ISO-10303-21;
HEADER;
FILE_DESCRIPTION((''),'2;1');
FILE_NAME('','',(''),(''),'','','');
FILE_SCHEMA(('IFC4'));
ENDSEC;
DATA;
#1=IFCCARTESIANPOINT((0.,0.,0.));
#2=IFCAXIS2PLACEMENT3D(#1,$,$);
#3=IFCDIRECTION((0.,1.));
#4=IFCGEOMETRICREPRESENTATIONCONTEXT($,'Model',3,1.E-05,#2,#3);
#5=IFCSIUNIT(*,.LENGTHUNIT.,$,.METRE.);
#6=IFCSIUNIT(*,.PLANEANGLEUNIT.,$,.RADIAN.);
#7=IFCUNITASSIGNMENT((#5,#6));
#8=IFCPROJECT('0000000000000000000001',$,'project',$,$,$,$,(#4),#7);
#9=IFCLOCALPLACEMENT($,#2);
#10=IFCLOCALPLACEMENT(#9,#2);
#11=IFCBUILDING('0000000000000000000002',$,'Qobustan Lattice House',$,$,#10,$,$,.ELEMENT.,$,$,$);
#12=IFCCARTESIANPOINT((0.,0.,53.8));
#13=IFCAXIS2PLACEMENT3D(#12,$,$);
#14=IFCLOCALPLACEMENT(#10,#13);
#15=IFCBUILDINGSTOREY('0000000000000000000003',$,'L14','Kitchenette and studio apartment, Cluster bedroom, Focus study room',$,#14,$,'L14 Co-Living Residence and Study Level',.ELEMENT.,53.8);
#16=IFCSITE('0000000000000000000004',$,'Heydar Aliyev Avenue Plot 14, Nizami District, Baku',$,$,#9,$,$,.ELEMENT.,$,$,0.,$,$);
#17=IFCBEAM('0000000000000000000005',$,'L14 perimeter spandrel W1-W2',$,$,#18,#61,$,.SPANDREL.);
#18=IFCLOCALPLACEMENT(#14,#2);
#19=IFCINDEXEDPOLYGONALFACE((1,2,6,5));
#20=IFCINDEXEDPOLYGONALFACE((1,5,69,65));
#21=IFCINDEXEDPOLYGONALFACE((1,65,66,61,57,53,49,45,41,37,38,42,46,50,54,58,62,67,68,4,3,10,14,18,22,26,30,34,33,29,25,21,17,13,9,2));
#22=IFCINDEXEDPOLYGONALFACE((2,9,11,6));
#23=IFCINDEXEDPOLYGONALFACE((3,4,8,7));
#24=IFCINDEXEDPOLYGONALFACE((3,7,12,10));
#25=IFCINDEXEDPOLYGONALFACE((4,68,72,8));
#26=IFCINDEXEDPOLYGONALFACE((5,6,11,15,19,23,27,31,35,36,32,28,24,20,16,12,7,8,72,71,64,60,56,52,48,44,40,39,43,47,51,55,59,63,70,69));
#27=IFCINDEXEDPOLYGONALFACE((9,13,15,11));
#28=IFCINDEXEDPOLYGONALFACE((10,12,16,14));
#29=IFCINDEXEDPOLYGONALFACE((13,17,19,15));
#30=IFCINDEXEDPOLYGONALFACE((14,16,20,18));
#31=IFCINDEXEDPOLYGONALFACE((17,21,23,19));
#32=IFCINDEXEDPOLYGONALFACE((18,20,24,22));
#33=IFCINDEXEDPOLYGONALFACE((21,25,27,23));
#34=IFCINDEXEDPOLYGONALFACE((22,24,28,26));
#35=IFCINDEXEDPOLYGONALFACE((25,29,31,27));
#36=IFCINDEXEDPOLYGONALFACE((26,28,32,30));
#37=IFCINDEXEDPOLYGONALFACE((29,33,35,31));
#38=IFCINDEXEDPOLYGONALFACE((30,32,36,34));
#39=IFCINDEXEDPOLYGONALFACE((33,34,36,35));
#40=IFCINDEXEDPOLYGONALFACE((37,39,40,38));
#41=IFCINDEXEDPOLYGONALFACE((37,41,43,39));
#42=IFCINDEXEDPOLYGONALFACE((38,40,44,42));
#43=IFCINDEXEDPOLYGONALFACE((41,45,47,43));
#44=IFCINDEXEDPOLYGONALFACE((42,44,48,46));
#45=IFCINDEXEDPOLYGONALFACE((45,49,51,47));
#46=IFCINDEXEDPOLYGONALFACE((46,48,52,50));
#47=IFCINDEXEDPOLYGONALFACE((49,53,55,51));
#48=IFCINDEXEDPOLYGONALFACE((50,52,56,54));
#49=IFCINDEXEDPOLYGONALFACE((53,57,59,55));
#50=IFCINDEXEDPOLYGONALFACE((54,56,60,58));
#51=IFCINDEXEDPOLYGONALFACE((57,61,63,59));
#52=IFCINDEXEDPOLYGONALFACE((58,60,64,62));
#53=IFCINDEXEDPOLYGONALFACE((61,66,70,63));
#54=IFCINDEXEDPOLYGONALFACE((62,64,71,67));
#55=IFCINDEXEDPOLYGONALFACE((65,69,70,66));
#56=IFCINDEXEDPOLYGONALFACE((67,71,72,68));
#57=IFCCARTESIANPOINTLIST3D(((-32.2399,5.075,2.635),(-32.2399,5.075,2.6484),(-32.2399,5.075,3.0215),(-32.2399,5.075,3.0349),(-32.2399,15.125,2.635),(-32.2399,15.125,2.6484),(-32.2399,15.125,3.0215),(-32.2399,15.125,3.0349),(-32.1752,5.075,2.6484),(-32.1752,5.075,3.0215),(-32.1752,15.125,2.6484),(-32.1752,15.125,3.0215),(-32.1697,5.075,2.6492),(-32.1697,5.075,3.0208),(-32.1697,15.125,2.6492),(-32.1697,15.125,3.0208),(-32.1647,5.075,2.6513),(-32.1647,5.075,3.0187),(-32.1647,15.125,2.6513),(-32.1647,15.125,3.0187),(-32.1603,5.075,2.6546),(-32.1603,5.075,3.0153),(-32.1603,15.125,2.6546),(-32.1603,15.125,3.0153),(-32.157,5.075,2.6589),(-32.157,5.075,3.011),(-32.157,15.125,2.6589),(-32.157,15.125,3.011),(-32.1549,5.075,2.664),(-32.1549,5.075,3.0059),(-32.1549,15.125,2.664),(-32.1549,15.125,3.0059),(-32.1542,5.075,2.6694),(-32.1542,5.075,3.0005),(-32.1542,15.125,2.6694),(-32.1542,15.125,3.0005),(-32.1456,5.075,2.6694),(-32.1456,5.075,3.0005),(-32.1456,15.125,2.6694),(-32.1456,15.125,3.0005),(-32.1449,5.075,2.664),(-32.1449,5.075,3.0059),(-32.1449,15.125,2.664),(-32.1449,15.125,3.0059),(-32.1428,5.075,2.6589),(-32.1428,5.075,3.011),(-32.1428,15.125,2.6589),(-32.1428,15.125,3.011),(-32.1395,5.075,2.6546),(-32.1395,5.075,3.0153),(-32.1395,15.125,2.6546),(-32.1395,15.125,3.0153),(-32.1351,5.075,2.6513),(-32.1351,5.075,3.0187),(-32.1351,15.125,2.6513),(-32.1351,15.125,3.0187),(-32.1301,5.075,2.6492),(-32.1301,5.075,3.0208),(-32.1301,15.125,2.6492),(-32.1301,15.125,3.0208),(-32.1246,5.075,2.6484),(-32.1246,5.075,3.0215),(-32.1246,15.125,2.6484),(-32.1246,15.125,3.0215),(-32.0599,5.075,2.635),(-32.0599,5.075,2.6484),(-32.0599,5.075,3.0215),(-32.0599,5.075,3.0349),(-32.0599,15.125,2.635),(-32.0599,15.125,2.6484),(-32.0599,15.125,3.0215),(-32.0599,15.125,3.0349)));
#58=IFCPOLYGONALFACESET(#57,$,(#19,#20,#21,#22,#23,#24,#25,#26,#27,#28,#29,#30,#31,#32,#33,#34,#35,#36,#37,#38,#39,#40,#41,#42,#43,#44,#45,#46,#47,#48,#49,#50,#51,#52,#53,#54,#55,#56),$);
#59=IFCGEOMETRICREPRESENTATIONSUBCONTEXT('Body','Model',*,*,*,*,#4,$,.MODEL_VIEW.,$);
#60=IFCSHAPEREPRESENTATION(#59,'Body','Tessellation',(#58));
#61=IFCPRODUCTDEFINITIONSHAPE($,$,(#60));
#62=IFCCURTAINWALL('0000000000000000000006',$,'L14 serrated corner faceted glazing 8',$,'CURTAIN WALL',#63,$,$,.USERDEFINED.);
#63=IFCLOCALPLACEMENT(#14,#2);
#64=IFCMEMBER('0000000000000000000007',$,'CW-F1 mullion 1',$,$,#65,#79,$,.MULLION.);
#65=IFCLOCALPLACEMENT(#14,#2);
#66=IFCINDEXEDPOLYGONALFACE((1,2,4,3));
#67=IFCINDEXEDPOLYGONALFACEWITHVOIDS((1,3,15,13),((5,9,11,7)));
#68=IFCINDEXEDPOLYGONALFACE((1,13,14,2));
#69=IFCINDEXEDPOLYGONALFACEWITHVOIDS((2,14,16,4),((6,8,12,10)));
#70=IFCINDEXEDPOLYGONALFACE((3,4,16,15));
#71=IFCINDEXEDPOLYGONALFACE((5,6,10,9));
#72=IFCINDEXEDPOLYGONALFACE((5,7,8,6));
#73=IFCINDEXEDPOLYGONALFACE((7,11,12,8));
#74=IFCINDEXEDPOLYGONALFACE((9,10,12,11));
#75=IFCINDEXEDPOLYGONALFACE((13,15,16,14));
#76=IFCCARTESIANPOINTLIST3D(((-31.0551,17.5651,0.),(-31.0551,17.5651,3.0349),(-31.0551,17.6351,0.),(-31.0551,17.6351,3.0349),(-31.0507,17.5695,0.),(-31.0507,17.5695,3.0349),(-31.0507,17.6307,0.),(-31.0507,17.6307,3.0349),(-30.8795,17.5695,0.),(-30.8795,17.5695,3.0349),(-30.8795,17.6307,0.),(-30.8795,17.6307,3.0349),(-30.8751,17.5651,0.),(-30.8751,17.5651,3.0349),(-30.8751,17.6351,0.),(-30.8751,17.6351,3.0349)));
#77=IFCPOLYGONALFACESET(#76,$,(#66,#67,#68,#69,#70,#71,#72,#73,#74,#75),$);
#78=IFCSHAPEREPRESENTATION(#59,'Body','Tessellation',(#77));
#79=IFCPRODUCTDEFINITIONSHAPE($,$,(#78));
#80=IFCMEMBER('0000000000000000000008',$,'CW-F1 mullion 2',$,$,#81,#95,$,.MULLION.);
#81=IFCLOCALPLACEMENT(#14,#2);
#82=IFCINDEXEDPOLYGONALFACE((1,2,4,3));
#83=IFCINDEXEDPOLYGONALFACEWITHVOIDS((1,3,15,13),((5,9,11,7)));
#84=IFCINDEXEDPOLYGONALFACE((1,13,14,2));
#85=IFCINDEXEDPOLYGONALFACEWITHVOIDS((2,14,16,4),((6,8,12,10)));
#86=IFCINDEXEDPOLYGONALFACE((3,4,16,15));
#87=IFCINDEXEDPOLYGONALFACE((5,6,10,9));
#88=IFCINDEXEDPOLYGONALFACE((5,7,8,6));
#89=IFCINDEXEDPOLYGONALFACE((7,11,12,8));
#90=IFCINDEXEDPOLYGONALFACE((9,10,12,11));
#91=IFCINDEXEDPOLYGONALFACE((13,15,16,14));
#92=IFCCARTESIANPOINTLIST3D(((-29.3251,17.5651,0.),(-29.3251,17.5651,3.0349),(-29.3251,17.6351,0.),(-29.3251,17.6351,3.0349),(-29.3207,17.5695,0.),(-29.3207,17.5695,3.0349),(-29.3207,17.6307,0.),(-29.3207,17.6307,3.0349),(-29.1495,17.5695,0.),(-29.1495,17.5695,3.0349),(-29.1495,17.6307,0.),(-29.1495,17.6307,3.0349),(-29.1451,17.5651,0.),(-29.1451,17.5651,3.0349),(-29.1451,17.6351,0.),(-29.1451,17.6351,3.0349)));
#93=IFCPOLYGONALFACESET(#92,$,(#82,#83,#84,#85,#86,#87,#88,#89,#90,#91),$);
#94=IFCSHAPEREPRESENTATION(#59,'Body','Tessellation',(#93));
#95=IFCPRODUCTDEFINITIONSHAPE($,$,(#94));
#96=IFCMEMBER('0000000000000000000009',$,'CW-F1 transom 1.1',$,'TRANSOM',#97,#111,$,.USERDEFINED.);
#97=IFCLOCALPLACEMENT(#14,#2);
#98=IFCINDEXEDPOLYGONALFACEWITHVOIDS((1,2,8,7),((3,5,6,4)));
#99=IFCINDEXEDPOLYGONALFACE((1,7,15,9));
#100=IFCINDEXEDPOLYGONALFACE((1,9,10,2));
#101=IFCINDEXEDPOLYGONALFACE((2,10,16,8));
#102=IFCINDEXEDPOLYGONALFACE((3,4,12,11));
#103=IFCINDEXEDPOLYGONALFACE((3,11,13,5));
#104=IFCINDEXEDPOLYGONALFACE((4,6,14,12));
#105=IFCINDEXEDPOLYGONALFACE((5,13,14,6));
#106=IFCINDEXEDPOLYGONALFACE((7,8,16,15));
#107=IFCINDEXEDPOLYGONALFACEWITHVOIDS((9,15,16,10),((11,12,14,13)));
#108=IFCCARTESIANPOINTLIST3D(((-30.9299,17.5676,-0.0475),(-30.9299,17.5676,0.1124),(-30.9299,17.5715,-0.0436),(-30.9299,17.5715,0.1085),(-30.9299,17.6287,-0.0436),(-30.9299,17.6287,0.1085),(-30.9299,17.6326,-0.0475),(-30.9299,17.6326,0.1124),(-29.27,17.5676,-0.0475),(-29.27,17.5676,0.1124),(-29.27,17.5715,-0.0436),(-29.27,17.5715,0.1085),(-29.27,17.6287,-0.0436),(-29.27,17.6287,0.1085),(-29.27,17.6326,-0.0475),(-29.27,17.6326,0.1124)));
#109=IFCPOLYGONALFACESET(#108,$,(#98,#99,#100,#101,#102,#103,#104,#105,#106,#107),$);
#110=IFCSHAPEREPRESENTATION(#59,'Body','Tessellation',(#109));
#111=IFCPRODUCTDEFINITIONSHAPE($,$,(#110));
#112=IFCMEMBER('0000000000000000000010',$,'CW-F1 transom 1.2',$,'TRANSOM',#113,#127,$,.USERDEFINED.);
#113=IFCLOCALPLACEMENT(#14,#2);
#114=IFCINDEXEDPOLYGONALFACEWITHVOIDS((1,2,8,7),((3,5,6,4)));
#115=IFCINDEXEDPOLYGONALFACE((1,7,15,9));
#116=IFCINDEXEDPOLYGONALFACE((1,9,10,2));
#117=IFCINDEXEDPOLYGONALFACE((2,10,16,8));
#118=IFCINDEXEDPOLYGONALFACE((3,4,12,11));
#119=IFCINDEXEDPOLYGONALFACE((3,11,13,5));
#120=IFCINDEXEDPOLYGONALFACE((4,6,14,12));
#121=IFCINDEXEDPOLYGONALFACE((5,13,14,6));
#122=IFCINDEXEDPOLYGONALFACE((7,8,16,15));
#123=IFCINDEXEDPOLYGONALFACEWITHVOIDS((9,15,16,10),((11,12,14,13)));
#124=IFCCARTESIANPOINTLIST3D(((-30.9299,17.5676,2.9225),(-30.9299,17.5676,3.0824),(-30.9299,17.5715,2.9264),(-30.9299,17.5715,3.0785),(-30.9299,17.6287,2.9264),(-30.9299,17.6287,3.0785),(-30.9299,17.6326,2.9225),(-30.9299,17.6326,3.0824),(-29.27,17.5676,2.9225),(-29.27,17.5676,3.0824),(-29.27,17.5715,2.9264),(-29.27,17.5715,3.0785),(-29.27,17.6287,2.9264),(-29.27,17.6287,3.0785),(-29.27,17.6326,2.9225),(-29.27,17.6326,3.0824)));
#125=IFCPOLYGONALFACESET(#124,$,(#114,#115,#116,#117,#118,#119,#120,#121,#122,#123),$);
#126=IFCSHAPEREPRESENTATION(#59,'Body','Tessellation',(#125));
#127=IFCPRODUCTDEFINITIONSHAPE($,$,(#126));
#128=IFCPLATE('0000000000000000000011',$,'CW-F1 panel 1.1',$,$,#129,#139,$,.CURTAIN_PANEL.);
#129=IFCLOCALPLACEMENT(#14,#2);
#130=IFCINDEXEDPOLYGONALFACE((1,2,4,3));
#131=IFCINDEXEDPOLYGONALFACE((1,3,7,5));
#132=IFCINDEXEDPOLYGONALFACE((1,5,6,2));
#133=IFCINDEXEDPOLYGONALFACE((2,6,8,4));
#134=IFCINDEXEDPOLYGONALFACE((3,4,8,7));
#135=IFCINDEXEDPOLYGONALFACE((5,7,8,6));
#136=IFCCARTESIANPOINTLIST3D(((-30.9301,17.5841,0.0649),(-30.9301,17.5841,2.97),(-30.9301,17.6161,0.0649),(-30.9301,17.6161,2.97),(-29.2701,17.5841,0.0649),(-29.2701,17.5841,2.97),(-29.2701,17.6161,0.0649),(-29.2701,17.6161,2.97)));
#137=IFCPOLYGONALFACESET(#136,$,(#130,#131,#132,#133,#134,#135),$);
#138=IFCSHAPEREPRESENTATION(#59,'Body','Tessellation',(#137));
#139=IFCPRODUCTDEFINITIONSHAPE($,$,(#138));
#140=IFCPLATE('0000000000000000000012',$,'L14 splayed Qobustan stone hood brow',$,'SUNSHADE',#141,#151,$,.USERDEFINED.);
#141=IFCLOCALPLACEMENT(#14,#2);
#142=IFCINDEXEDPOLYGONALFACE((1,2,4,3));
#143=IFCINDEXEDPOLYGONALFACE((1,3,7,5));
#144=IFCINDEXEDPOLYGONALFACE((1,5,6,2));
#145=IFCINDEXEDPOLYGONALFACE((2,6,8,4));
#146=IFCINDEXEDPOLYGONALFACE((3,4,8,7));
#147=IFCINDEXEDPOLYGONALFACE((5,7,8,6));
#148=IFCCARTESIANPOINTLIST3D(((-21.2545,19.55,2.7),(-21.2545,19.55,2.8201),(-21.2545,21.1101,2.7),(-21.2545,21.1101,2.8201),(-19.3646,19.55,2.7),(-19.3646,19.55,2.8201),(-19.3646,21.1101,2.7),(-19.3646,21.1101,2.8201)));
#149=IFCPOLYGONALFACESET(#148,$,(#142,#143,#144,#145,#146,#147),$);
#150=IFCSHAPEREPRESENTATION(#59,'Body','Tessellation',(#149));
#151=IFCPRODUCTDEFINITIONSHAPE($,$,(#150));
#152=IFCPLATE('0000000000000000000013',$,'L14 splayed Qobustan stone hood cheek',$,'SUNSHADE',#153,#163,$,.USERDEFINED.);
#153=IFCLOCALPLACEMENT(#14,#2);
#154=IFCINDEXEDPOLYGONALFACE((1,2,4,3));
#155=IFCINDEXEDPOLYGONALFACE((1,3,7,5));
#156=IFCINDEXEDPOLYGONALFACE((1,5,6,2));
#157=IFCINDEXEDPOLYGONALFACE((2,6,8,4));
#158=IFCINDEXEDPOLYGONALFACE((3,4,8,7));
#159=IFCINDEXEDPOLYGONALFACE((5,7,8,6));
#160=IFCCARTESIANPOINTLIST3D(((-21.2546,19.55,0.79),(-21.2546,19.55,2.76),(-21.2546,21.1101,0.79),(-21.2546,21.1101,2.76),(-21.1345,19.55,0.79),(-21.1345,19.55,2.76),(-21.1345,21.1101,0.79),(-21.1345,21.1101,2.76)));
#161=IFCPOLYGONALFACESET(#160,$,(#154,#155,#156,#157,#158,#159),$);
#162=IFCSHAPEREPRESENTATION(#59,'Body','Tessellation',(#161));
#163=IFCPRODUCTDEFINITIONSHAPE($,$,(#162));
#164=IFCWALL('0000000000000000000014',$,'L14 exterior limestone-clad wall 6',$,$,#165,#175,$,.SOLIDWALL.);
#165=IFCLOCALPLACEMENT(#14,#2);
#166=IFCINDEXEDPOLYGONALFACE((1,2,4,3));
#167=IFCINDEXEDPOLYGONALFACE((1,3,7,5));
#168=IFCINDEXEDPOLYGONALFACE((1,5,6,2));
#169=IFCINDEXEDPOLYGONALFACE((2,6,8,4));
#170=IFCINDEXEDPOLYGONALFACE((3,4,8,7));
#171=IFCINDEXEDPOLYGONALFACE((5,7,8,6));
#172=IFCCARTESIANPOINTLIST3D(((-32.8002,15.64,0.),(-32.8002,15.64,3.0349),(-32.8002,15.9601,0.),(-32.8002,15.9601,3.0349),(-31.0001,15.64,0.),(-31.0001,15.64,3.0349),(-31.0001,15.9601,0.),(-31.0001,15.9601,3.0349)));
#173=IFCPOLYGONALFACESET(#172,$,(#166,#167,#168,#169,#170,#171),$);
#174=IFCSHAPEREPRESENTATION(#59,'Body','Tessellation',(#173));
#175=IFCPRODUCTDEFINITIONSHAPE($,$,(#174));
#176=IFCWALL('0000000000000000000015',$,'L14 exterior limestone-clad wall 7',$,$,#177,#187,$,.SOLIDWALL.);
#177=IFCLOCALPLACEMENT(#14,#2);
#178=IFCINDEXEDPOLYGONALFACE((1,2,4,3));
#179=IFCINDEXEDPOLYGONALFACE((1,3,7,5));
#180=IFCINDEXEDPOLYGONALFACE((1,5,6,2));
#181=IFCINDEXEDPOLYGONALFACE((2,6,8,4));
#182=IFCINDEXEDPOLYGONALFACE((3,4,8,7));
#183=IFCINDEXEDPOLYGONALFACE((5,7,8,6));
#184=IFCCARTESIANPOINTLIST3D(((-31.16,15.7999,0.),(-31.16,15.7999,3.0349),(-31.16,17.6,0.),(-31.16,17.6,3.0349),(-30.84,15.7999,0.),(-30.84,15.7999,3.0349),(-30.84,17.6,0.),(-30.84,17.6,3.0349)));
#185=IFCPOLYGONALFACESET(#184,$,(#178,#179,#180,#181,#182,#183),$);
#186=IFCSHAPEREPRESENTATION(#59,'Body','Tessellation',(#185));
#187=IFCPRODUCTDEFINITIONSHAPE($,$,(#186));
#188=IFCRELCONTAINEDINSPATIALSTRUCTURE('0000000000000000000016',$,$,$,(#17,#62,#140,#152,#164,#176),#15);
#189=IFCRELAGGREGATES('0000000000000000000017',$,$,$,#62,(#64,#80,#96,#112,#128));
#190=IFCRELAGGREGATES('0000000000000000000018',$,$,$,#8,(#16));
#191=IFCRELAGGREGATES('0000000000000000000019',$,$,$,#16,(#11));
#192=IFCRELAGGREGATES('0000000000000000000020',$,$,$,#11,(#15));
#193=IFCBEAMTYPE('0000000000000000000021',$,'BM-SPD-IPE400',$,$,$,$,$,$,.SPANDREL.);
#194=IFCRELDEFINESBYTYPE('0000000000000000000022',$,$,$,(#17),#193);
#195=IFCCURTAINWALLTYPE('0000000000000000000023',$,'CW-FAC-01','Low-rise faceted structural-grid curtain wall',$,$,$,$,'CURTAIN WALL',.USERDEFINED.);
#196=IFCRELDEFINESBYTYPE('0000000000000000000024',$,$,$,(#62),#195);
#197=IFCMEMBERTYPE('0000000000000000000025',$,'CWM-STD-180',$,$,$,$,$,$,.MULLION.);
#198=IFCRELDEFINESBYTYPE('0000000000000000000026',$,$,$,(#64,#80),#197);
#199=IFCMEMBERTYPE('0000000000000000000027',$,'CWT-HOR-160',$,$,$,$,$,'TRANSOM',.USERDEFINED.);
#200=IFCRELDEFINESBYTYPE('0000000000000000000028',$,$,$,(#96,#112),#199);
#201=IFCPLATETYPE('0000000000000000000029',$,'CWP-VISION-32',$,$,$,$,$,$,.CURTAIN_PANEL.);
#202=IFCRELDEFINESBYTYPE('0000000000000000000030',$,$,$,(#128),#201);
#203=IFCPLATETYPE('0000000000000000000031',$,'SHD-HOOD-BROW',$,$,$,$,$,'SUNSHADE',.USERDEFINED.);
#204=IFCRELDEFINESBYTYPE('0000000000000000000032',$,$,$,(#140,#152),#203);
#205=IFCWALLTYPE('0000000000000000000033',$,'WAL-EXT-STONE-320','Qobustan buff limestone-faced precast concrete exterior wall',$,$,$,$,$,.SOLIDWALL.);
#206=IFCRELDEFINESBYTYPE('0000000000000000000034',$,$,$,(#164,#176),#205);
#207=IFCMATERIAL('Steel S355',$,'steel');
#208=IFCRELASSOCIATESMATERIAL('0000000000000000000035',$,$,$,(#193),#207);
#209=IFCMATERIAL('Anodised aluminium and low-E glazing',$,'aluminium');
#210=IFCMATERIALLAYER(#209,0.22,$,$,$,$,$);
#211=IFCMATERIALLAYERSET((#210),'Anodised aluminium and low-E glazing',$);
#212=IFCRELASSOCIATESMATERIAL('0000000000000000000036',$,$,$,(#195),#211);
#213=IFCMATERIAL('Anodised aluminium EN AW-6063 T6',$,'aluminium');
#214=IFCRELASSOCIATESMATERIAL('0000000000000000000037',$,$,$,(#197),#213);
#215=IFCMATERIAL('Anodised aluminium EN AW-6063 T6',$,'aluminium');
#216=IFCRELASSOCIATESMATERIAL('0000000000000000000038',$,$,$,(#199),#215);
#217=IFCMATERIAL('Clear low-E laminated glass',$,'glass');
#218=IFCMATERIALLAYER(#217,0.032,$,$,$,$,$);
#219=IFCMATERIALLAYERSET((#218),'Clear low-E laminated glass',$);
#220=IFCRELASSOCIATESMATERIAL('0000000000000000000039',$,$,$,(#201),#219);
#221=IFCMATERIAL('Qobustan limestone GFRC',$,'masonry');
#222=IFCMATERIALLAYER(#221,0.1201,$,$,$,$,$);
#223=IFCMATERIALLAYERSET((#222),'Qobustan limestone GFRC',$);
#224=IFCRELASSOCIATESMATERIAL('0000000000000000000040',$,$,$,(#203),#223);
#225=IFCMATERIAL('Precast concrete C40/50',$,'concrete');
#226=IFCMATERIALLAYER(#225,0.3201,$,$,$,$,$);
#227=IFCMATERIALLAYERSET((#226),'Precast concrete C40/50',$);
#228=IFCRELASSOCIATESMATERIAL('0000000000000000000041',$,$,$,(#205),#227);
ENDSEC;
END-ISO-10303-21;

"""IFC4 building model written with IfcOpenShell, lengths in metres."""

from ifc_helpers import new_model, si_unit, direction, frame, frame_2d, origin, origin_2d, place, context, subcontext, project, spatial, rectangle, hollow_rectangle, i_section, extrude, material, layer, layer_set, material_profile, profile_set, type_object, element, aggregate, save


model = new_model("IFC4")

# Units and contexts
model_context = context("Model", 3, precision=1e-05, world=origin(), true_north=direction((0.0, 1.0)))
body_context = subcontext(model_context, "Body", "Model", "MODEL_VIEW")
ifc_project = project(units=[si_unit("LENGTHUNIT", "METRE"), si_unit("PLANEANGLEUNIT", "RADIAN")], contexts=[model_context])

# Site, building, storey
site_placement = place(None, origin())
site = spatial("IfcSite", under=ifc_project, at=site_placement, Name="Heydar Aliyev Avenue Plot 14, Nizami District, Baku", CompositionType="ELEMENT", RefElevation=0.0)
building_placement = place(site_placement, origin())
building = spatial("IfcBuilding", under=site, at=building_placement, Name="Qobustan Lattice House", CompositionType="ELEMENT")
storey_placement = place(building_placement, frame((0.0, 0.0, 53.8)))
storey = spatial("IfcBuildingStorey", under=building, at=storey_placement, Name="L14", Description="Kitchenette and studio apartment, Cluster bedroom, Focus study room", LongName="L14 Co-Living Residence and Study Level", CompositionType="ELEMENT", Elevation=53.8)

# Beam
ifc_material_1 = material(Name="Steel S355", Category="steel")
ifc_material_profile_1 = material_profile(ifc_material_1, i_section(OverallWidth=0.1799, OverallDepth=0.3999, WebThickness=0.0085, FlangeThickness=0.0134, FilletRadius=0.021, at=origin_2d()), Name="IPE400")
ifc_profile_set_1 = profile_set([ifc_material_profile_1], Name="Steel S355")
beam_type_1 = type_object("IfcBeamType", Name="BM-SPD-IPE400", PredefinedType="SPANDREL", material=ifc_profile_set_1)
beam_1_placement = place(storey_placement, frame((-32.1499, 15.125, 2.835), z_axis=(0.0, -1.0, 0.0), x_axis=(1.0, 0.0, 0.0)))
element("IfcBeam", 1, at=beam_1_placement, inside=storey, type_object=beam_type_1, Name="L14 perimeter spandrel W1-W2", PredefinedType="SPANDREL", context=body_context, shape_type="SweptSolid", body=[
    extrude(i_section(OverallWidth=0.1799, OverallDepth=0.3999, WebThickness=0.0085, FlangeThickness=0.0134, FilletRadius=0.021, at=origin_2d()), origin(), (0.0, 0.0, 1.0), 10.05),
])

# Curtain wall, members, plate
ifc_material_2 = material(Name="Anodised aluminium and low-E glazing", Category="aluminium")
ifc_layer_1 = layer(ifc_material_2, 0.22)
ifc_layer_set_1 = layer_set([ifc_layer_1], Name="Anodised aluminium and low-E glazing")
curtain_wall_type = type_object("IfcCurtainWallType", Name="CW-FAC-01", Description="Low-rise faceted structural-grid curtain wall", ElementType="CURTAIN WALL", PredefinedType="USERDEFINED", material=ifc_layer_set_1)
curtain_wall_placement = place(storey_placement, origin())
curtain_wall = element("IfcCurtainWall", 2, at=curtain_wall_placement, inside=storey, type_object=curtain_wall_type, Name="L14 serrated corner faceted glazing 8", ObjectType="CURTAIN WALL", PredefinedType="USERDEFINED")
ifc_material_3 = material(Name="Anodised aluminium EN AW-6063 T6", Category="aluminium")
ifc_material_profile_2 = material_profile(ifc_material_3, hollow_rectangle(XDim=0.0701, YDim=0.1799, WallThickness=0.0044, at=origin_2d()), Name="CWM-180x70")
ifc_profile_set_2 = profile_set([ifc_material_profile_2], Name="Anodised aluminium EN AW-6063 T6")
member_type_1 = type_object("IfcMemberType", Name="CWM-STD-180", PredefinedType="MULLION", material=ifc_profile_set_2)
member_1_placement = place(storey_placement, frame((-30.9651, 17.6001, 0.0), z_axis=(0.0, 0.0, 1.0), x_axis=(0.0, 1.0, 0.0)))
member_1 = element("IfcMember", 3, at=member_1_placement, type_object=member_type_1, Name="CW-F1 mullion 1", PredefinedType="MULLION", context=body_context, shape_type="SweptSolid", body=[
    extrude(hollow_rectangle(XDim=0.0701, YDim=0.1799, WallThickness=0.0044, at=origin_2d()), origin(), (0.0, 0.0, 1.0), 3.0349),
])
member_2_placement = place(storey_placement, frame((-29.2351, 17.6001, 0.0), z_axis=(0.0, 0.0, 1.0), x_axis=(0.0, 1.0, 0.0)))
member_2 = element("IfcMember", 4, at=member_2_placement, type_object=member_type_1, Name="CW-F1 mullion 2", PredefinedType="MULLION", context=body_context, shape_type="SweptSolid", body=[
    extrude(hollow_rectangle(XDim=0.0701, YDim=0.1799, WallThickness=0.0044, at=origin_2d()), origin(), (0.0, 0.0, 1.0), 3.0349),
])
ifc_material_4 = material(Name="Anodised aluminium EN AW-6063 T6", Category="aluminium")
ifc_material_profile_3 = material_profile(ifc_material_4, hollow_rectangle(XDim=0.0649, YDim=0.1599, WallThickness=0.0039, at=origin_2d()), Name="CWT-160x65")
ifc_profile_set_3 = profile_set([ifc_material_profile_3], Name="Anodised aluminium EN AW-6063 T6")
member_type_2 = type_object("IfcMemberType", Name="CWT-HOR-160", ElementType="TRANSOM", PredefinedType="USERDEFINED", material=ifc_profile_set_3)
member_3_placement = place(storey_placement, frame((-30.9299, 17.6001, 0.0325), z_axis=(1.0, 0.0, 0.0), x_axis=(0.0, 1.0, 0.0)))
member_3 = element("IfcMember", 5, at=member_3_placement, type_object=member_type_2, Name="CW-F1 transom 1.1", ObjectType="TRANSOM", PredefinedType="USERDEFINED", context=body_context, shape_type="SweptSolid", body=[
    extrude(hollow_rectangle(XDim=0.0649, YDim=0.1599, WallThickness=0.0039, at=origin_2d()), origin(), (0.0, 0.0, 1.0), 1.6599),
])
member_4_placement = place(storey_placement, frame((-30.9299, 17.6001, 3.0024), z_axis=(1.0, 0.0, 0.0), x_axis=(0.0, 1.0, 0.0)))
member_4 = element("IfcMember", 6, at=member_4_placement, type_object=member_type_2, Name="CW-F1 transom 1.2", ObjectType="TRANSOM", PredefinedType="USERDEFINED", context=body_context, shape_type="SweptSolid", body=[
    extrude(hollow_rectangle(XDim=0.0649, YDim=0.1599, WallThickness=0.0039, at=origin_2d()), origin(), (0.0, 0.0, 1.0), 1.6599),
])
ifc_material_5 = material(Name="Clear low-E laminated glass", Category="glass")
ifc_layer_2 = layer(ifc_material_5, 0.032)
ifc_layer_set_2 = layer_set([ifc_layer_2], Name="Clear low-E laminated glass")
plate_type_1 = type_object("IfcPlateType", Name="CWP-VISION-32", PredefinedType="CURTAIN_PANEL", material=ifc_layer_set_2)
plate_1_placement = place(storey_placement, frame((-30.1001, 17.6001, 0.0649), z_axis=(0.0, 0.0, 1.0), x_axis=(1.0, 0.0, 0.0)))
plate_1 = element("IfcPlate", 7, at=plate_1_placement, type_object=plate_type_1, Name="CW-F1 panel 1.1", PredefinedType="CURTAIN_PANEL", context=body_context, shape_type="SweptSolid", body=[
    extrude(rectangle(XDim=1.6599, YDim=0.032, at=origin_2d()), origin(), (0.0, 0.0, 1.0), 2.905),
])
aggregate(curtain_wall, [member_1, member_2, member_3, member_4, plate_1])

# Plates
ifc_material_6 = material(Name="Qobustan limestone GFRC", Category="masonry")
ifc_layer_3 = layer(ifc_material_6, 0.1201)
ifc_layer_set_3 = layer_set([ifc_layer_3], Name="Qobustan limestone GFRC")
plate_type_2 = type_object("IfcPlateType", Name="SHD-HOOD-BROW", ElementType="SUNSHADE", PredefinedType="USERDEFINED", material=ifc_layer_set_3)
plate_2_placement = place(storey_placement, frame((-20.3096, 20.3301, 2.7), z_axis=(0.0, 0.0, 1.0), x_axis=(1.0, 0.0, 0.0)))
element("IfcPlate", 8, at=plate_2_placement, inside=storey, type_object=plate_type_2, Name="L14 splayed Qobustan stone hood brow", ObjectType="SUNSHADE", PredefinedType="USERDEFINED", context=body_context, shape_type="SweptSolid", body=[
    extrude(rectangle(XDim=1.8899, YDim=1.5601, at=origin_2d()), origin(), (0.0, 0.0, 1.0), 0.1201),
])
plate_3_placement = place(storey_placement, frame((-21.1946, 20.3301, 0.79), z_axis=(0.0, 0.0, 1.0), x_axis=(1.0, 0.0, 0.0)))
element("IfcPlate", 9, at=plate_3_placement, inside=storey, type_object=plate_type_2, Name="L14 splayed Qobustan stone hood cheek", ObjectType="SUNSHADE", PredefinedType="USERDEFINED", context=body_context, shape_type="SweptSolid", body=[
    extrude(rectangle(XDim=0.1201, YDim=1.5601, at=origin_2d()), origin(), (0.0, 0.0, 1.0), 1.97),
])

# Walls
ifc_material_7 = material(Name="Precast concrete C40/50", Category="concrete")
ifc_layer_4 = layer(ifc_material_7, 0.3201)
ifc_layer_set_4 = layer_set([ifc_layer_4], Name="Precast concrete C40/50")
wall_type = type_object("IfcWallType", Name="WAL-EXT-STONE-320", Description="Qobustan buff limestone-faced precast concrete exterior wall", PredefinedType="SOLIDWALL", material=ifc_layer_set_4)
for number, where, z_axis, x_axis, name in (
    (10, (-32.8, 15.8, 0.0), (0.0, 0.0, 1.0), (1.0, 0.0, 0.0), "L14 exterior limestone-clad wall 6"),
    (11, (-31.0, 15.8, 0.0), (0.0, 0.0, 1.0), (0.0, 1.0, 0.0), "L14 exterior limestone-clad wall 7"),
):
    element("IfcWall", number, at=place(storey_placement, frame(where, z_axis=z_axis, x_axis=x_axis)), inside=storey, type_object=wall_type, Name=name, PredefinedType="SOLIDWALL", context=body_context, shape_type="SweptSolid", body=[
        extrude(rectangle(XDim=1.8, YDim=0.3201, at=frame_2d((0.8999, 0.0))), origin(), (0.0, 0.0, 1.0), 3.0349),
    ])

save(model, "model.ifc")
